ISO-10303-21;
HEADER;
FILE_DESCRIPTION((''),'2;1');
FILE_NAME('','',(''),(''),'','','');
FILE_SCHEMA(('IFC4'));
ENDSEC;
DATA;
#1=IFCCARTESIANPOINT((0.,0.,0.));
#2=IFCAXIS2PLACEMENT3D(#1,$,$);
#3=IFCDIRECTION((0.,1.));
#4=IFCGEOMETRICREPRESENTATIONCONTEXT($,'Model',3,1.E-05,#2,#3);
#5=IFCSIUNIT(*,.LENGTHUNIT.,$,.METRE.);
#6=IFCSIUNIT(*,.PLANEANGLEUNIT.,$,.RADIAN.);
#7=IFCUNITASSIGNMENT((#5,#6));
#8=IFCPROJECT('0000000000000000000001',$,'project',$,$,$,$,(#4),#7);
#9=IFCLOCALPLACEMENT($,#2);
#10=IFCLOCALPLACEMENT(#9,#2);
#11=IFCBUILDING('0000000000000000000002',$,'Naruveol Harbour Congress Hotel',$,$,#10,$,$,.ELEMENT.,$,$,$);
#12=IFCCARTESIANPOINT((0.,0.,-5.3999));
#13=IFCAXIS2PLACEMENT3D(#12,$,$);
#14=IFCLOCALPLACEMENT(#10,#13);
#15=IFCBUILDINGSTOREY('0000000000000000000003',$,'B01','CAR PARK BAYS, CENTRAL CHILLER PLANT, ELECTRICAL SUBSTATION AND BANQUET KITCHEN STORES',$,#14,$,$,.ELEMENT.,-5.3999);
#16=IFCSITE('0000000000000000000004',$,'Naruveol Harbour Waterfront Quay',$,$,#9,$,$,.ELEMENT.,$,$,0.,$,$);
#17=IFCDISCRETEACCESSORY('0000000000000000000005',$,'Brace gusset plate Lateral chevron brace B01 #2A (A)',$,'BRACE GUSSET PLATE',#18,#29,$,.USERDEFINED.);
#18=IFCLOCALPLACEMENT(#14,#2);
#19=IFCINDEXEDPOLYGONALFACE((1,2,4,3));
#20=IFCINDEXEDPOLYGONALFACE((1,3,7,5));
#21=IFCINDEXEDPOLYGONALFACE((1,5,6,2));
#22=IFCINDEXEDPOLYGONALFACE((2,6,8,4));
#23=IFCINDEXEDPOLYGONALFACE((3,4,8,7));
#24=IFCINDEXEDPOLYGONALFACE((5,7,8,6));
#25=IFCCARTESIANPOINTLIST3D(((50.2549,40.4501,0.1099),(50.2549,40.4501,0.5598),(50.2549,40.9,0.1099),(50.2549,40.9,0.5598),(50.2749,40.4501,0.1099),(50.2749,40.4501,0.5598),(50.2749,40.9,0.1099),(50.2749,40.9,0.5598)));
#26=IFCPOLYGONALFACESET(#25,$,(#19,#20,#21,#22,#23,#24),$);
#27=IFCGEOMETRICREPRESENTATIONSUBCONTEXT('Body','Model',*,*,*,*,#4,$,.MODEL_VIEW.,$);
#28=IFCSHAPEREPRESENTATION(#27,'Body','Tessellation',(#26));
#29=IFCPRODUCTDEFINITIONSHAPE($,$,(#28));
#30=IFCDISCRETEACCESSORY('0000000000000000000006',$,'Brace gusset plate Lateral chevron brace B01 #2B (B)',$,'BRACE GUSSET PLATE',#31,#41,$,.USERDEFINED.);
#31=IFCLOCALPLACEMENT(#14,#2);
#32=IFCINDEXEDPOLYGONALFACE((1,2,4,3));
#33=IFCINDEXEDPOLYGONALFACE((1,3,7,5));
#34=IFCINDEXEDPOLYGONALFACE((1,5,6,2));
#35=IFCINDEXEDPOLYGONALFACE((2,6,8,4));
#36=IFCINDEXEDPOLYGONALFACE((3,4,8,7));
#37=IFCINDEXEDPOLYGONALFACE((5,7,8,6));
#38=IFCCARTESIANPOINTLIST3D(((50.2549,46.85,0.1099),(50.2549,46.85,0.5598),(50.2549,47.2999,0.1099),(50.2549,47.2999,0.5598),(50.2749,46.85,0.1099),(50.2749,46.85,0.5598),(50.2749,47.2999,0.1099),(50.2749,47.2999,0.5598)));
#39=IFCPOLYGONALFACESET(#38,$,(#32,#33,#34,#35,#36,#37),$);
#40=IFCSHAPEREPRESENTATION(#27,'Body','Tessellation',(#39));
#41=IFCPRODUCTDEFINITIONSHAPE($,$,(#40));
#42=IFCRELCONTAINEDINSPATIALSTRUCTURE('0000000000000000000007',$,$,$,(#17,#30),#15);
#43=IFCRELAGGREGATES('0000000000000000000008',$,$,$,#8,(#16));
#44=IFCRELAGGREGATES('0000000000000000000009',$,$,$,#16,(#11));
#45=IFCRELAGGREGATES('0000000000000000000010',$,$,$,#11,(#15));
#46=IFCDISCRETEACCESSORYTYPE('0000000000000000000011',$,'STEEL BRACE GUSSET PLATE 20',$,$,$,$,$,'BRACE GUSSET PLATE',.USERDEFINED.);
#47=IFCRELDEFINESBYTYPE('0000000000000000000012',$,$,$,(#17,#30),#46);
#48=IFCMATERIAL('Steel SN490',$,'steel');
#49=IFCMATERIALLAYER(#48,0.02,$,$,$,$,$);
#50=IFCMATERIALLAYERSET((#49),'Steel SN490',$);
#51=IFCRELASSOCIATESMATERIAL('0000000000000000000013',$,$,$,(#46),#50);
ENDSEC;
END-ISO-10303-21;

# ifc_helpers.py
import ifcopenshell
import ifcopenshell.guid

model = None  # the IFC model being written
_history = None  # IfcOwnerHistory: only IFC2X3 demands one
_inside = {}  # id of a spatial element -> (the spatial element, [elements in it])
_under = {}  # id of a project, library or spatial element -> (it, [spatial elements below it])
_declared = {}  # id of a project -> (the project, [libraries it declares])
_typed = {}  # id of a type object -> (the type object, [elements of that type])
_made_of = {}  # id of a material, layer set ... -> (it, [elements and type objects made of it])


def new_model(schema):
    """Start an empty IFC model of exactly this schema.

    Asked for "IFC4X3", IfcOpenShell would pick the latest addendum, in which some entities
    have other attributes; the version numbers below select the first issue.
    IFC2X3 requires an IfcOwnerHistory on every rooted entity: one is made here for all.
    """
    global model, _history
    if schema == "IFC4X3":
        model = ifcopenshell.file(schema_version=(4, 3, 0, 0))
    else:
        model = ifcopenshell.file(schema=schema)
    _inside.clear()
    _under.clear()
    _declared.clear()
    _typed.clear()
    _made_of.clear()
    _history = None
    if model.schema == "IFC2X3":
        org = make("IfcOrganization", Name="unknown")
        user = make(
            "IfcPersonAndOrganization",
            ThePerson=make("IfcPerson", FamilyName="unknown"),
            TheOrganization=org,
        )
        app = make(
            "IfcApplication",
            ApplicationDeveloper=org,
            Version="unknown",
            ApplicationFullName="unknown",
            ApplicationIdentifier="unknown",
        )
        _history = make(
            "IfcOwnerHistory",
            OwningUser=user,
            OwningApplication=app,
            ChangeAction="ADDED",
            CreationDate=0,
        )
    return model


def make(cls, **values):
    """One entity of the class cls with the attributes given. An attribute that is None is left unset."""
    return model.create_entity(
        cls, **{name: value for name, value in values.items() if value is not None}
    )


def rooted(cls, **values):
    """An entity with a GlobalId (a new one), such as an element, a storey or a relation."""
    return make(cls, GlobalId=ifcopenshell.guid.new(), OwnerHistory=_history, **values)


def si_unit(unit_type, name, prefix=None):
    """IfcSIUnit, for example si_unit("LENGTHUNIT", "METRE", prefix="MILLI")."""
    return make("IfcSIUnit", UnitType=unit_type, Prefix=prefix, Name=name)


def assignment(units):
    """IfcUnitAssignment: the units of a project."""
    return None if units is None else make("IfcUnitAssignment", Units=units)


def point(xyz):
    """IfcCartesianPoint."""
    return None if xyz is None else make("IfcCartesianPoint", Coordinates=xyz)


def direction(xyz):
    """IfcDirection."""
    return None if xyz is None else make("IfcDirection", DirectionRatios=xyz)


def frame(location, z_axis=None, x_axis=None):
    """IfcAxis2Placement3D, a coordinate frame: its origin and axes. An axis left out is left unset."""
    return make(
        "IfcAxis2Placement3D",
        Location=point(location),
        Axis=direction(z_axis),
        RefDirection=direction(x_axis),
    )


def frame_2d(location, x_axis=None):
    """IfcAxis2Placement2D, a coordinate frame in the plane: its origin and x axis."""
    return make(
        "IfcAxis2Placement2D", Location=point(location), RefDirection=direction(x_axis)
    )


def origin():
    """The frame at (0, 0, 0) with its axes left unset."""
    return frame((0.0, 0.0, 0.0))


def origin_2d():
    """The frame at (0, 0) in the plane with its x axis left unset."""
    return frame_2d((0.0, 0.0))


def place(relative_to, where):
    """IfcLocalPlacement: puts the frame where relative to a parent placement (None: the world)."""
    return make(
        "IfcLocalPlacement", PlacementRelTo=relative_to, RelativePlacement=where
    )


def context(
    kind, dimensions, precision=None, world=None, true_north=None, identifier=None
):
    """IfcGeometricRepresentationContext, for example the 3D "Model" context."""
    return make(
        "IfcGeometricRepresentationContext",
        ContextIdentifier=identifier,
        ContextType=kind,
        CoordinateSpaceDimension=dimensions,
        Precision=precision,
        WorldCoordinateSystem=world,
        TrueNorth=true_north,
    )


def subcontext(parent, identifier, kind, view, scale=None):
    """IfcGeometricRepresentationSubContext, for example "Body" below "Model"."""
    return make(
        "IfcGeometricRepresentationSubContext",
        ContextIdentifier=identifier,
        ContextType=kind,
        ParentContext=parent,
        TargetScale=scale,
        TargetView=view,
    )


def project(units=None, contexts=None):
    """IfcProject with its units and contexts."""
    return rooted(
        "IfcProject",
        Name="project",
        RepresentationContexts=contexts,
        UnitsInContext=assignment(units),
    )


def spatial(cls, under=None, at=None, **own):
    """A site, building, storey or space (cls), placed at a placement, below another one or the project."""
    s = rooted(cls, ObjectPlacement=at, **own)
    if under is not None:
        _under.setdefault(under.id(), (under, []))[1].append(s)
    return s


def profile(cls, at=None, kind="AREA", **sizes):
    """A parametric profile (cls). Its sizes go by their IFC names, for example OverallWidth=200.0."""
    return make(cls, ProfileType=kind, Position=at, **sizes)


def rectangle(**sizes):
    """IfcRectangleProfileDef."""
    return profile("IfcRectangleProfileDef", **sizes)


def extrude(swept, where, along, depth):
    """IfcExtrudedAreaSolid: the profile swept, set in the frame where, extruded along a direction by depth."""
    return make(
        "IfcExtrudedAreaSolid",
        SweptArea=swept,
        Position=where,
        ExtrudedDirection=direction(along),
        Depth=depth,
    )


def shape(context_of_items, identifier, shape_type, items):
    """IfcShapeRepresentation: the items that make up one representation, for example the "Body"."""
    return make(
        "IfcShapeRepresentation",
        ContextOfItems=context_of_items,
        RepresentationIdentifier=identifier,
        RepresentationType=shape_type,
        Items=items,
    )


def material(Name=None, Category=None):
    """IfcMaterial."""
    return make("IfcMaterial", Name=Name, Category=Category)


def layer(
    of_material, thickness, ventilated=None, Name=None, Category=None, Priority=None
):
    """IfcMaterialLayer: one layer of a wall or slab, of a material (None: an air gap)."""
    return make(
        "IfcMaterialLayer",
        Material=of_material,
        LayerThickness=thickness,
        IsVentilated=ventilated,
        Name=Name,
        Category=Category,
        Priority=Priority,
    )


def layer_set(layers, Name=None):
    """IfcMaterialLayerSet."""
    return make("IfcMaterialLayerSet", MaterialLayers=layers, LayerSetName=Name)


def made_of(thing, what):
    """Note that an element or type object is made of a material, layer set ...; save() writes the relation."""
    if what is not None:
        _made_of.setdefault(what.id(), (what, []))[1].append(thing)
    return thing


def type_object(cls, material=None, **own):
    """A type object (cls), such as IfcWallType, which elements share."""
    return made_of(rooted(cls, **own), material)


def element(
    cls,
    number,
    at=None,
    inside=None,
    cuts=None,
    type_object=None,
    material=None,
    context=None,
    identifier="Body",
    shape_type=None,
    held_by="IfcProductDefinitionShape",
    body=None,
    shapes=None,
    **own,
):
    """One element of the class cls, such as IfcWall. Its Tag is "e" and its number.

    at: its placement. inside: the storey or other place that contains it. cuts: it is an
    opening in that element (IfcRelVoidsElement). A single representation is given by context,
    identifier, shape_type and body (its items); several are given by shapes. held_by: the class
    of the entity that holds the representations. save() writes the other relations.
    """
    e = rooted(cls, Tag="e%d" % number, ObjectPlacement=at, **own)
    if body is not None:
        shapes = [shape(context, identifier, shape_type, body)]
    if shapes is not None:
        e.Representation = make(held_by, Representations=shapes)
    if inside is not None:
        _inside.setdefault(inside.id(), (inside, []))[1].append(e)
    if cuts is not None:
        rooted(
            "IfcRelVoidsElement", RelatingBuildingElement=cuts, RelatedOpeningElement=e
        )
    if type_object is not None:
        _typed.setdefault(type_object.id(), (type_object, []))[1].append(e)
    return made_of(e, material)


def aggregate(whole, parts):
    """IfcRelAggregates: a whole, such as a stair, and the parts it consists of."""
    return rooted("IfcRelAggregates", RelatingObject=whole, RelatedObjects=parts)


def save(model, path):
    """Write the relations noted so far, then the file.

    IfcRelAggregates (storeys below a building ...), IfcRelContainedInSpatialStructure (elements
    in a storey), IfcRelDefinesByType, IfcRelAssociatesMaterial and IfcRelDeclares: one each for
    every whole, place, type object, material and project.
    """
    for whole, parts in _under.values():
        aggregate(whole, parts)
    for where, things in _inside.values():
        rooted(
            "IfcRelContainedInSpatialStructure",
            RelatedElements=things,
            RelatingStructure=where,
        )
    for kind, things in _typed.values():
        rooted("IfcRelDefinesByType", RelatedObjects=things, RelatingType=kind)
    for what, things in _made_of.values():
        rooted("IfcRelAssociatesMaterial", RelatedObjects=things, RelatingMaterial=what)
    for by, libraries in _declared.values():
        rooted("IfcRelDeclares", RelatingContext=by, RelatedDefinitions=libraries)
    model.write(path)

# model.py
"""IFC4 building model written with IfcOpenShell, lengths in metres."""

from ifc_helpers import new_model, si_unit, direction, frame, origin, origin_2d, place, context, subcontext, project, spatial, rectangle, extrude, material, layer, layer_set, type_object, element, save


model = new_model("IFC4")

# Units and contexts
model_context = context("Model", 3, precision=1e-05, world=origin(), true_north=direction((0.0, 1.0)))
body_context = subcontext(model_context, "Body", "Model", "MODEL_VIEW")
ifc_project = project(units=[si_unit("LENGTHUNIT", "METRE"), si_unit("PLANEANGLEUNIT", "RADIAN")], contexts=[model_context])

# Site, building, storey
site_placement = place(None, origin())
site = spatial("IfcSite", under=ifc_project, at=site_placement, Name="Naruveol Harbour Waterfront Quay", CompositionType="ELEMENT", RefElevation=0.0)
building_placement = place(site_placement, origin())
building = spatial("IfcBuilding", under=site, at=building_placement, Name="Naruveol Harbour Congress Hotel", CompositionType="ELEMENT")
storey_placement = place(building_placement, frame((0.0, 0.0, -5.3999)))
storey = spatial("IfcBuildingStorey", under=building, at=storey_placement, Name="B01", Description="CAR PARK BAYS, CENTRAL CHILLER PLANT, ELECTRICAL SUBSTATION AND BANQUET KITCHEN STORES", CompositionType="ELEMENT", Elevation=-5.3999)

# Discrete accessories
ifc_material_1 = material(Name="Steel SN490", Category="steel")
ifc_layer = layer(ifc_material_1, 0.02)
ifc_layer_set = layer_set([ifc_layer], Name="Steel SN490")
discrete_accessory_type = type_object("IfcDiscreteAccessoryType", Name="STEEL BRACE GUSSET PLATE 20", ElementType="BRACE GUSSET PLATE", PredefinedType="USERDEFINED", material=ifc_layer_set)
for number, where, z_axis, x_axis, name in (
    (1, (50.2649, 40.675, 0.1099), (0.0, 0.0, 1.0), (0.0, 1.0, 0.0), "Brace gusset plate Lateral chevron brace B01 #2A (A)"),
    (2, (50.2649, 47.075, 0.1099), (0.0, 0.0, 1.0), (0.0, -1.0, 0.0), "Brace gusset plate Lateral chevron brace B01 #2B (B)"),
):
    element("IfcDiscreteAccessory", number, at=place(storey_placement, frame(where, z_axis=z_axis, x_axis=x_axis)), inside=storey, type_object=discrete_accessory_type, Name=name, ObjectType="BRACE GUSSET PLATE", PredefinedType="USERDEFINED", context=body_context, shape_type="SweptSolid", body=[
        extrude(rectangle(XDim=0.45, YDim=0.02, at=origin_2d()), origin(), (0.0, 0.0, 1.0), 0.45),
    ])

save(model, "model.ifc")
